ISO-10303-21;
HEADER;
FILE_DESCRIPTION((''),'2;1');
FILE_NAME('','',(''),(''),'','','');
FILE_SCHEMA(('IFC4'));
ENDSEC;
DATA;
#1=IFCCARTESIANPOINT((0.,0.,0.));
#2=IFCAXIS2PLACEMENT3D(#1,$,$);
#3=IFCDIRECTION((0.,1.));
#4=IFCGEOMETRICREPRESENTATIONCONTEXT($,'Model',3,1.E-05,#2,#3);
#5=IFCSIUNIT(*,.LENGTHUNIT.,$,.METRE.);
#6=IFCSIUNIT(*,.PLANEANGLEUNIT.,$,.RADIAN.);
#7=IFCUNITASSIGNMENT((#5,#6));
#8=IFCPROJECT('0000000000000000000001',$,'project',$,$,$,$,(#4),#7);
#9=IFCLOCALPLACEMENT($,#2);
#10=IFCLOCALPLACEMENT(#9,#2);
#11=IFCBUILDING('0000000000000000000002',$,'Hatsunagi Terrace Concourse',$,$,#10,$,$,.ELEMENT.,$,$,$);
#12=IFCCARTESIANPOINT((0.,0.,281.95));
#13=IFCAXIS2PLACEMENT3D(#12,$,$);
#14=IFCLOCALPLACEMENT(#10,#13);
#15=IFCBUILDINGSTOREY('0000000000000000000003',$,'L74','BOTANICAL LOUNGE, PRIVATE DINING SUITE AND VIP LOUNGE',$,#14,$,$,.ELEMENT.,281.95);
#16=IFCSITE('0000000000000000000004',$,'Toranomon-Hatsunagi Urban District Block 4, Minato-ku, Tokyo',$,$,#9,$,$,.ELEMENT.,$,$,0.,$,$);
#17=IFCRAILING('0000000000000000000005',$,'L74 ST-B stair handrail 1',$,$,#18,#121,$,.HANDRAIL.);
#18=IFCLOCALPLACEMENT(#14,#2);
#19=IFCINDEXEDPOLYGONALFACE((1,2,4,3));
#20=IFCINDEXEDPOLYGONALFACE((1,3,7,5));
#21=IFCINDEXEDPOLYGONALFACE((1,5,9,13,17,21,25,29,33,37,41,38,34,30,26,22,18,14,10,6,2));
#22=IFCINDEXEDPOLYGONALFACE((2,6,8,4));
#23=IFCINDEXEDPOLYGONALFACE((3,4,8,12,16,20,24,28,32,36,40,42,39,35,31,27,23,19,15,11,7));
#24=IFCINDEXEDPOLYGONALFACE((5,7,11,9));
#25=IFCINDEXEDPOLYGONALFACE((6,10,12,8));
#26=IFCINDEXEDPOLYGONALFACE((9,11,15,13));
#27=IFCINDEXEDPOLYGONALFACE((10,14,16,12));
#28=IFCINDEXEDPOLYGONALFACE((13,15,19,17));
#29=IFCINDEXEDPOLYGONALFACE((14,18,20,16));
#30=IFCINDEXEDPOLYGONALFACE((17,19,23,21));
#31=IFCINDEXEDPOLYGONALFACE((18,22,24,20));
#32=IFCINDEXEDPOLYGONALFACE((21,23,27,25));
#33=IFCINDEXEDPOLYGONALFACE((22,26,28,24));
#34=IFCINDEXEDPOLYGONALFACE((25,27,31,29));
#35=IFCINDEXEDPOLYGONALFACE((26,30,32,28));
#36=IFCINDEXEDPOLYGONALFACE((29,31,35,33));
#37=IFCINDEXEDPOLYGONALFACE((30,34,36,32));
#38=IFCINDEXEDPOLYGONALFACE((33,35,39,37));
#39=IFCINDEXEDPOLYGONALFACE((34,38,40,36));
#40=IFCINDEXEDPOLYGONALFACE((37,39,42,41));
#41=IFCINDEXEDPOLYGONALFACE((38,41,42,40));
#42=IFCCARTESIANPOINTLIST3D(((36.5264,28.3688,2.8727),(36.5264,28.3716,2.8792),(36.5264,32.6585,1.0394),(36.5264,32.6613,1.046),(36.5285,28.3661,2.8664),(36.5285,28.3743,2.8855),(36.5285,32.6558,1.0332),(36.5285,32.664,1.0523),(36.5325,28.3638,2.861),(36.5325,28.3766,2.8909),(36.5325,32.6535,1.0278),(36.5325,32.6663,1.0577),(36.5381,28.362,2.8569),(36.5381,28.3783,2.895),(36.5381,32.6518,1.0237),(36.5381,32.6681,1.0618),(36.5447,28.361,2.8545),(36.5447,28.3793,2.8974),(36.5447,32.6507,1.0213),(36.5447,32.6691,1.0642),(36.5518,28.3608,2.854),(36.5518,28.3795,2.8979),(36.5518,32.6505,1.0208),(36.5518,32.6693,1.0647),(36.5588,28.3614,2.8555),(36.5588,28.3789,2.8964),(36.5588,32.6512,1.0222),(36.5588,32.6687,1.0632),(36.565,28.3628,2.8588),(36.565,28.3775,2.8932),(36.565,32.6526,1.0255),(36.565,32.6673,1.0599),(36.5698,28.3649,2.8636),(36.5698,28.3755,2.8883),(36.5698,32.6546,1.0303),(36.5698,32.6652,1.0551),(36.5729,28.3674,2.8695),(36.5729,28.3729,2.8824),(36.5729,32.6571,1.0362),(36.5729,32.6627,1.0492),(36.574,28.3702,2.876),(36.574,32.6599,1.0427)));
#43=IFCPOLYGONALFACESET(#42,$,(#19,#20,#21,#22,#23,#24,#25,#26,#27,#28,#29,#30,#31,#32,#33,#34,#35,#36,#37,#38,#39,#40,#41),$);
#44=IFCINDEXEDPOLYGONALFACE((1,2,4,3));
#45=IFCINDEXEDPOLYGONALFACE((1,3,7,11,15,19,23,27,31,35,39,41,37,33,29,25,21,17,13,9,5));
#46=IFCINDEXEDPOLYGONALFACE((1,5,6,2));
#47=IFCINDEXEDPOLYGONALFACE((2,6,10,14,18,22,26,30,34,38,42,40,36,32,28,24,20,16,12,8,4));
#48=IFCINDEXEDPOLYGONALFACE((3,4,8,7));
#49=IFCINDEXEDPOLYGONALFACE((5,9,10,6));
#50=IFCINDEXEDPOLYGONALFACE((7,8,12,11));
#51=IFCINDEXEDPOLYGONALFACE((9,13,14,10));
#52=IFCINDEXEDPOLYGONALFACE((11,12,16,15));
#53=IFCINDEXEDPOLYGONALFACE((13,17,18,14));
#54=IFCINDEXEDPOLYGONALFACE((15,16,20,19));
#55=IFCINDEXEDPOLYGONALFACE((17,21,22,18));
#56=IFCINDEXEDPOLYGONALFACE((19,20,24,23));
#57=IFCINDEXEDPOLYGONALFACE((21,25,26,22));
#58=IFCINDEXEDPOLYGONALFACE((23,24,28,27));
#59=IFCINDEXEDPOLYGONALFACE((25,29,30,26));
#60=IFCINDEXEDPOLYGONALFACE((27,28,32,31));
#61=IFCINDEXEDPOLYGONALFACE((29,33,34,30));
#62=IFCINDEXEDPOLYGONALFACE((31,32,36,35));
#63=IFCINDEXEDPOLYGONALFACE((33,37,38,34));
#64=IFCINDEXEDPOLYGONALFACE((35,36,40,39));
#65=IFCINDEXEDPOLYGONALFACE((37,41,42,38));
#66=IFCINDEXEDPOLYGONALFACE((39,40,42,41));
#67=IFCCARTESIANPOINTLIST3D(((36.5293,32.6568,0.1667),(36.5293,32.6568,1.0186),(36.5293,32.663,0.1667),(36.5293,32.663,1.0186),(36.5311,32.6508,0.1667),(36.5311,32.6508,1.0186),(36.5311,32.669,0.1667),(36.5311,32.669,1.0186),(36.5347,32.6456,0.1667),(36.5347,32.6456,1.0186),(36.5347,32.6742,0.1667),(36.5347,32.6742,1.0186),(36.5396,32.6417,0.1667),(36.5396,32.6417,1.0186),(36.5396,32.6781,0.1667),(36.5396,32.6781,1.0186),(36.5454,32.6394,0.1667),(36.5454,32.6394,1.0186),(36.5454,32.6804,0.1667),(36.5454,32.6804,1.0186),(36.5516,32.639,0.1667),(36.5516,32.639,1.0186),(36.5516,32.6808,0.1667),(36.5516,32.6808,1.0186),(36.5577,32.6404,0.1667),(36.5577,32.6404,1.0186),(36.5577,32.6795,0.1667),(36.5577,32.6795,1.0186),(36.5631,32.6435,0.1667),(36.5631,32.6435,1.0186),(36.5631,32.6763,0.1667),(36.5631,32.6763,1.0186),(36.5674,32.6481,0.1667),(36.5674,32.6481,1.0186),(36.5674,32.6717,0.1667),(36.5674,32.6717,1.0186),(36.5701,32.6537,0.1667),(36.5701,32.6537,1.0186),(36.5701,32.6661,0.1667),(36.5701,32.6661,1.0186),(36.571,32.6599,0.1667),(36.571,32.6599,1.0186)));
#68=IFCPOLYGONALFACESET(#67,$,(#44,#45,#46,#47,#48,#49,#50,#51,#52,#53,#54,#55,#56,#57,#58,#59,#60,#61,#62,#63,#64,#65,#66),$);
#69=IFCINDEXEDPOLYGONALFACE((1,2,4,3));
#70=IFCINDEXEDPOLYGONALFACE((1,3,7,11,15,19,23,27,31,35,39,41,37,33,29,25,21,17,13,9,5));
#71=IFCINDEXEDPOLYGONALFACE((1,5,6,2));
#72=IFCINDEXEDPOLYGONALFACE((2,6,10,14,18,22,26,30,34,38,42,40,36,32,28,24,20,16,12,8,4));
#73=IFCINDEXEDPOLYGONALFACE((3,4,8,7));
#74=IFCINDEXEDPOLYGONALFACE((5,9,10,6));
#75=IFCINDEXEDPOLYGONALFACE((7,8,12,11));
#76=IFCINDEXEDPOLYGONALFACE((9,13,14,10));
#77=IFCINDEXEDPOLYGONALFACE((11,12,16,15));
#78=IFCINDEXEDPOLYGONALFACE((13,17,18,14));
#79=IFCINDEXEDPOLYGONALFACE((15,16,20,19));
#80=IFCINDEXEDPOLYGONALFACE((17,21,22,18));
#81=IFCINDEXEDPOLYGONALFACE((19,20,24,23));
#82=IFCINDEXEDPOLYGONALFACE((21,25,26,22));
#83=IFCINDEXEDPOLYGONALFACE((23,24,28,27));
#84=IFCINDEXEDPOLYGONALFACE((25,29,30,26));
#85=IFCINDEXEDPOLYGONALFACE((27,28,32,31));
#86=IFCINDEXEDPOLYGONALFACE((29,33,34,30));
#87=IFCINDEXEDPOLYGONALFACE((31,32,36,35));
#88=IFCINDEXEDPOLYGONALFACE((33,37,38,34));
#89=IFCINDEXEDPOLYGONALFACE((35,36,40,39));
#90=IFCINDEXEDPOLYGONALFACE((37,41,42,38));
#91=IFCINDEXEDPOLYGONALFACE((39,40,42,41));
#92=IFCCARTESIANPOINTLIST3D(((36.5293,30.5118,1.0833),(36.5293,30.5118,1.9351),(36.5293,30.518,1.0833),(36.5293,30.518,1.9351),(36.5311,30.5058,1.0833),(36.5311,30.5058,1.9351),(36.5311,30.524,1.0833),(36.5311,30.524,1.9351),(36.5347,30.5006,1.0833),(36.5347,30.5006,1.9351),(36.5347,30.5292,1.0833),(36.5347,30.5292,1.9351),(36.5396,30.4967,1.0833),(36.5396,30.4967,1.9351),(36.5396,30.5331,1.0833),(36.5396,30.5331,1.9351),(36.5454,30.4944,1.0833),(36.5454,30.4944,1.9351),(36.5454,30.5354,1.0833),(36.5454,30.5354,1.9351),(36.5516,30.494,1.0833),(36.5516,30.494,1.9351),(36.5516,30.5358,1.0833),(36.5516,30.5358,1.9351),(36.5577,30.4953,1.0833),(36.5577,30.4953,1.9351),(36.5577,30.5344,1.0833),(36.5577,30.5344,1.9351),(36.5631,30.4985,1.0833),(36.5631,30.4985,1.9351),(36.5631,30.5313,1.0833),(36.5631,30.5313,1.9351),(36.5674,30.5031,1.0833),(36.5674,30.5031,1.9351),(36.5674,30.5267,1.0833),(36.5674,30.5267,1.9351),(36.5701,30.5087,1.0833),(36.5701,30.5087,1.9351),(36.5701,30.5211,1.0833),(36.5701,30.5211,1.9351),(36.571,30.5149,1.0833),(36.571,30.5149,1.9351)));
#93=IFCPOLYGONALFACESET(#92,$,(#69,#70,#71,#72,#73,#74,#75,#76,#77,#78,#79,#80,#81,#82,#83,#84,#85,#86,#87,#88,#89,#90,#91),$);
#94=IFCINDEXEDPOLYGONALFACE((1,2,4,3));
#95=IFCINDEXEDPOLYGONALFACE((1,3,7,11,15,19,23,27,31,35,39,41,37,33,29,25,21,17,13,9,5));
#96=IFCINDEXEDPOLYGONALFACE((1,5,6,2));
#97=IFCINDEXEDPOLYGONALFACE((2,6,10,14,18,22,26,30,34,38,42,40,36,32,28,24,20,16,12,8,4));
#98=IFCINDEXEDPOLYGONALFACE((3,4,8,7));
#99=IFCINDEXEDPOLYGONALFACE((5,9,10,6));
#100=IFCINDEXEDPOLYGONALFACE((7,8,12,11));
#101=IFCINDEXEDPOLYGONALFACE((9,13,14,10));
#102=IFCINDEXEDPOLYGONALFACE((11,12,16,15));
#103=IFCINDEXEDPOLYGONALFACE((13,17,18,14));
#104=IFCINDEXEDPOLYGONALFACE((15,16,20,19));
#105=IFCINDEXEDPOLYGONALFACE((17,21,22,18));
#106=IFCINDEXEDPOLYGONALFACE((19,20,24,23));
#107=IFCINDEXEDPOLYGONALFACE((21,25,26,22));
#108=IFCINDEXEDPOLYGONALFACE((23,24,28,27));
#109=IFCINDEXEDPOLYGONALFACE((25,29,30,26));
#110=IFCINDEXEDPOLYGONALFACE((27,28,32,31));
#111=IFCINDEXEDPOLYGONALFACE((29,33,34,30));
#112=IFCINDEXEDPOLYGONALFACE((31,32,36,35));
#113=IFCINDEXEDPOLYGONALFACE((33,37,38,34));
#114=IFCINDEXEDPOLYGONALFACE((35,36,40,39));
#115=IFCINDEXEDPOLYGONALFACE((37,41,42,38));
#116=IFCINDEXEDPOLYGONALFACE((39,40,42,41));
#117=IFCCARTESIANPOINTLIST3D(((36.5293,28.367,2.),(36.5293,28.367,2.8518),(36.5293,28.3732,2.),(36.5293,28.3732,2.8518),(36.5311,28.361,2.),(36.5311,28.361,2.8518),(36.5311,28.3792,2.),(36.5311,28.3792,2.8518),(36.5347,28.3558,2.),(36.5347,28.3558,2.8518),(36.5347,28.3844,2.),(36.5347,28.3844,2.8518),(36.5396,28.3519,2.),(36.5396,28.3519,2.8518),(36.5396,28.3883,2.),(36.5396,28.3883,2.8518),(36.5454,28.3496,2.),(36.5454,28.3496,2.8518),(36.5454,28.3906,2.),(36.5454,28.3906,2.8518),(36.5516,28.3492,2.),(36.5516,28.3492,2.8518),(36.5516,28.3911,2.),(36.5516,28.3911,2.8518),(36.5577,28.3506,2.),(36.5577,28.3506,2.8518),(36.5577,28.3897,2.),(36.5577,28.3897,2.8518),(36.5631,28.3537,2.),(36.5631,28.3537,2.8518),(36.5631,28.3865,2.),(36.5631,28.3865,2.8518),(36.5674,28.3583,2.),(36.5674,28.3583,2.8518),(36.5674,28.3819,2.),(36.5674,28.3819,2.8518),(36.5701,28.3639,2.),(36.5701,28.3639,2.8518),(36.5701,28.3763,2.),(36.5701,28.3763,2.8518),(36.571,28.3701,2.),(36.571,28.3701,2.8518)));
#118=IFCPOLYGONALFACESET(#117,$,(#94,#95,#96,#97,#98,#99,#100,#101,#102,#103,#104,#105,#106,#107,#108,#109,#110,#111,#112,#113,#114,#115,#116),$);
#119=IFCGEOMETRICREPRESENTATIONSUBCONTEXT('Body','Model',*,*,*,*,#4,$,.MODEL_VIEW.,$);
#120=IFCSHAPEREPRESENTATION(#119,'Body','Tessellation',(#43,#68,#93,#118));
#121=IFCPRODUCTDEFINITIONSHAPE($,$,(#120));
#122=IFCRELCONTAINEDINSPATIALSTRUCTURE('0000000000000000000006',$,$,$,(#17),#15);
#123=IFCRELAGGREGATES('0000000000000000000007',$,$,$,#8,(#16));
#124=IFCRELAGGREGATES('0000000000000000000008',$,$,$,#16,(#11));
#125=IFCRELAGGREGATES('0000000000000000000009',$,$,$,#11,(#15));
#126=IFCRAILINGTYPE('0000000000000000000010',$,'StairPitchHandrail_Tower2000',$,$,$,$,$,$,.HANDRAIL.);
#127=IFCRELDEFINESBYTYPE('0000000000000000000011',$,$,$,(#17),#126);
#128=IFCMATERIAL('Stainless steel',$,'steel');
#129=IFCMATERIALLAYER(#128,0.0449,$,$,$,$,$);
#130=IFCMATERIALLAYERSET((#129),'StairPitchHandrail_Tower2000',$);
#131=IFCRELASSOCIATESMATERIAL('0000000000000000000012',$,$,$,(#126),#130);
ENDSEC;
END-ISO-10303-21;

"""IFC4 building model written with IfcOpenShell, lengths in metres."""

from ifc_helpers import new_model, si_unit, direction, frame, origin, origin_2d, place, context, subcontext, project, spatial, circle, extrude, material, layer, layer_set, type_object, element, save


model = new_model("IFC4")

# Units and contexts
model_context = context("Model", 3, precision=1e-05, world=origin(), true_north=direction((0.0, 1.0)))
body_context = subcontext(model_context, "Body", "Model", "MODEL_VIEW")
ifc_project = project(units=[si_unit("LENGTHUNIT", "METRE"), si_unit("PLANEANGLEUNIT", "RADIAN")], contexts=[model_context])

# Site, building, storey
site_placement = place(None, origin())
site = spatial("IfcSite", under=ifc_project, at=site_placement, Name="Toranomon-Hatsunagi Urban District Block 4, Minato-ku, Tokyo", CompositionType="ELEMENT", RefElevation=0.0)
building_placement = place(site_placement, origin())
building = spatial("IfcBuilding", under=site, at=building_placement, Name="Hatsunagi Terrace Concourse", CompositionType="ELEMENT")
storey_placement = place(building_placement, frame((0.0, 0.0, 281.95)))
storey = spatial("IfcBuildingStorey", under=building, at=storey_placement, Name="L74", Description="BOTANICAL LOUNGE, PRIVATE DINING SUITE AND VIP LOUNGE", CompositionType="ELEMENT", Elevation=281.95)

# Railing
ifc_material_1 = material(Name="Stainless steel", Category="steel")
ifc_layer_1 = layer(ifc_material_1, 0.0449)
ifc_layer_set_1 = layer_set([ifc_layer_1], Name="StairPitchHandrail_Tower2000")
railing_type_1 = type_object("IfcRailingType", Name="StairPitchHandrail_Tower2000", PredefinedType="HANDRAIL", material=ifc_layer_set_1)
railing_1_placement = place(storey_placement, frame((36.55, 32.6599, 0.1667)))
element("IfcRailing", 1, at=railing_1_placement, inside=storey, type_object=railing_type_1, Name="L74 ST-B stair handrail 1", PredefinedType="HANDRAIL", context=body_context, shape_type="SweptSolid", body=[
    extrude(circle(Radius=0.0239, at=origin_2d()), frame((0.0, 0.0, 0.876), z_axis=(0.0, -0.919551, 0.392972), x_axis=(1.0, 0.0, 0.0)), (0.0, 0.0, 1.0), 4.665),
    extrude(circle(Radius=0.021, at=origin_2d()), origin(), (0.0, 0.0, 1.0), 0.8518),
    extrude(circle(Radius=0.021, at=origin_2d()), frame((0.0, -2.145, 0.9165)), (0.0, 0.0, 1.0), 0.8518),
    extrude(circle(Radius=0.021, at=origin_2d()), frame((0.0, -4.2898, 1.8333)), (0.0, 0.0, 1.0), 0.8518),
])

save(model, "model.ifc")
